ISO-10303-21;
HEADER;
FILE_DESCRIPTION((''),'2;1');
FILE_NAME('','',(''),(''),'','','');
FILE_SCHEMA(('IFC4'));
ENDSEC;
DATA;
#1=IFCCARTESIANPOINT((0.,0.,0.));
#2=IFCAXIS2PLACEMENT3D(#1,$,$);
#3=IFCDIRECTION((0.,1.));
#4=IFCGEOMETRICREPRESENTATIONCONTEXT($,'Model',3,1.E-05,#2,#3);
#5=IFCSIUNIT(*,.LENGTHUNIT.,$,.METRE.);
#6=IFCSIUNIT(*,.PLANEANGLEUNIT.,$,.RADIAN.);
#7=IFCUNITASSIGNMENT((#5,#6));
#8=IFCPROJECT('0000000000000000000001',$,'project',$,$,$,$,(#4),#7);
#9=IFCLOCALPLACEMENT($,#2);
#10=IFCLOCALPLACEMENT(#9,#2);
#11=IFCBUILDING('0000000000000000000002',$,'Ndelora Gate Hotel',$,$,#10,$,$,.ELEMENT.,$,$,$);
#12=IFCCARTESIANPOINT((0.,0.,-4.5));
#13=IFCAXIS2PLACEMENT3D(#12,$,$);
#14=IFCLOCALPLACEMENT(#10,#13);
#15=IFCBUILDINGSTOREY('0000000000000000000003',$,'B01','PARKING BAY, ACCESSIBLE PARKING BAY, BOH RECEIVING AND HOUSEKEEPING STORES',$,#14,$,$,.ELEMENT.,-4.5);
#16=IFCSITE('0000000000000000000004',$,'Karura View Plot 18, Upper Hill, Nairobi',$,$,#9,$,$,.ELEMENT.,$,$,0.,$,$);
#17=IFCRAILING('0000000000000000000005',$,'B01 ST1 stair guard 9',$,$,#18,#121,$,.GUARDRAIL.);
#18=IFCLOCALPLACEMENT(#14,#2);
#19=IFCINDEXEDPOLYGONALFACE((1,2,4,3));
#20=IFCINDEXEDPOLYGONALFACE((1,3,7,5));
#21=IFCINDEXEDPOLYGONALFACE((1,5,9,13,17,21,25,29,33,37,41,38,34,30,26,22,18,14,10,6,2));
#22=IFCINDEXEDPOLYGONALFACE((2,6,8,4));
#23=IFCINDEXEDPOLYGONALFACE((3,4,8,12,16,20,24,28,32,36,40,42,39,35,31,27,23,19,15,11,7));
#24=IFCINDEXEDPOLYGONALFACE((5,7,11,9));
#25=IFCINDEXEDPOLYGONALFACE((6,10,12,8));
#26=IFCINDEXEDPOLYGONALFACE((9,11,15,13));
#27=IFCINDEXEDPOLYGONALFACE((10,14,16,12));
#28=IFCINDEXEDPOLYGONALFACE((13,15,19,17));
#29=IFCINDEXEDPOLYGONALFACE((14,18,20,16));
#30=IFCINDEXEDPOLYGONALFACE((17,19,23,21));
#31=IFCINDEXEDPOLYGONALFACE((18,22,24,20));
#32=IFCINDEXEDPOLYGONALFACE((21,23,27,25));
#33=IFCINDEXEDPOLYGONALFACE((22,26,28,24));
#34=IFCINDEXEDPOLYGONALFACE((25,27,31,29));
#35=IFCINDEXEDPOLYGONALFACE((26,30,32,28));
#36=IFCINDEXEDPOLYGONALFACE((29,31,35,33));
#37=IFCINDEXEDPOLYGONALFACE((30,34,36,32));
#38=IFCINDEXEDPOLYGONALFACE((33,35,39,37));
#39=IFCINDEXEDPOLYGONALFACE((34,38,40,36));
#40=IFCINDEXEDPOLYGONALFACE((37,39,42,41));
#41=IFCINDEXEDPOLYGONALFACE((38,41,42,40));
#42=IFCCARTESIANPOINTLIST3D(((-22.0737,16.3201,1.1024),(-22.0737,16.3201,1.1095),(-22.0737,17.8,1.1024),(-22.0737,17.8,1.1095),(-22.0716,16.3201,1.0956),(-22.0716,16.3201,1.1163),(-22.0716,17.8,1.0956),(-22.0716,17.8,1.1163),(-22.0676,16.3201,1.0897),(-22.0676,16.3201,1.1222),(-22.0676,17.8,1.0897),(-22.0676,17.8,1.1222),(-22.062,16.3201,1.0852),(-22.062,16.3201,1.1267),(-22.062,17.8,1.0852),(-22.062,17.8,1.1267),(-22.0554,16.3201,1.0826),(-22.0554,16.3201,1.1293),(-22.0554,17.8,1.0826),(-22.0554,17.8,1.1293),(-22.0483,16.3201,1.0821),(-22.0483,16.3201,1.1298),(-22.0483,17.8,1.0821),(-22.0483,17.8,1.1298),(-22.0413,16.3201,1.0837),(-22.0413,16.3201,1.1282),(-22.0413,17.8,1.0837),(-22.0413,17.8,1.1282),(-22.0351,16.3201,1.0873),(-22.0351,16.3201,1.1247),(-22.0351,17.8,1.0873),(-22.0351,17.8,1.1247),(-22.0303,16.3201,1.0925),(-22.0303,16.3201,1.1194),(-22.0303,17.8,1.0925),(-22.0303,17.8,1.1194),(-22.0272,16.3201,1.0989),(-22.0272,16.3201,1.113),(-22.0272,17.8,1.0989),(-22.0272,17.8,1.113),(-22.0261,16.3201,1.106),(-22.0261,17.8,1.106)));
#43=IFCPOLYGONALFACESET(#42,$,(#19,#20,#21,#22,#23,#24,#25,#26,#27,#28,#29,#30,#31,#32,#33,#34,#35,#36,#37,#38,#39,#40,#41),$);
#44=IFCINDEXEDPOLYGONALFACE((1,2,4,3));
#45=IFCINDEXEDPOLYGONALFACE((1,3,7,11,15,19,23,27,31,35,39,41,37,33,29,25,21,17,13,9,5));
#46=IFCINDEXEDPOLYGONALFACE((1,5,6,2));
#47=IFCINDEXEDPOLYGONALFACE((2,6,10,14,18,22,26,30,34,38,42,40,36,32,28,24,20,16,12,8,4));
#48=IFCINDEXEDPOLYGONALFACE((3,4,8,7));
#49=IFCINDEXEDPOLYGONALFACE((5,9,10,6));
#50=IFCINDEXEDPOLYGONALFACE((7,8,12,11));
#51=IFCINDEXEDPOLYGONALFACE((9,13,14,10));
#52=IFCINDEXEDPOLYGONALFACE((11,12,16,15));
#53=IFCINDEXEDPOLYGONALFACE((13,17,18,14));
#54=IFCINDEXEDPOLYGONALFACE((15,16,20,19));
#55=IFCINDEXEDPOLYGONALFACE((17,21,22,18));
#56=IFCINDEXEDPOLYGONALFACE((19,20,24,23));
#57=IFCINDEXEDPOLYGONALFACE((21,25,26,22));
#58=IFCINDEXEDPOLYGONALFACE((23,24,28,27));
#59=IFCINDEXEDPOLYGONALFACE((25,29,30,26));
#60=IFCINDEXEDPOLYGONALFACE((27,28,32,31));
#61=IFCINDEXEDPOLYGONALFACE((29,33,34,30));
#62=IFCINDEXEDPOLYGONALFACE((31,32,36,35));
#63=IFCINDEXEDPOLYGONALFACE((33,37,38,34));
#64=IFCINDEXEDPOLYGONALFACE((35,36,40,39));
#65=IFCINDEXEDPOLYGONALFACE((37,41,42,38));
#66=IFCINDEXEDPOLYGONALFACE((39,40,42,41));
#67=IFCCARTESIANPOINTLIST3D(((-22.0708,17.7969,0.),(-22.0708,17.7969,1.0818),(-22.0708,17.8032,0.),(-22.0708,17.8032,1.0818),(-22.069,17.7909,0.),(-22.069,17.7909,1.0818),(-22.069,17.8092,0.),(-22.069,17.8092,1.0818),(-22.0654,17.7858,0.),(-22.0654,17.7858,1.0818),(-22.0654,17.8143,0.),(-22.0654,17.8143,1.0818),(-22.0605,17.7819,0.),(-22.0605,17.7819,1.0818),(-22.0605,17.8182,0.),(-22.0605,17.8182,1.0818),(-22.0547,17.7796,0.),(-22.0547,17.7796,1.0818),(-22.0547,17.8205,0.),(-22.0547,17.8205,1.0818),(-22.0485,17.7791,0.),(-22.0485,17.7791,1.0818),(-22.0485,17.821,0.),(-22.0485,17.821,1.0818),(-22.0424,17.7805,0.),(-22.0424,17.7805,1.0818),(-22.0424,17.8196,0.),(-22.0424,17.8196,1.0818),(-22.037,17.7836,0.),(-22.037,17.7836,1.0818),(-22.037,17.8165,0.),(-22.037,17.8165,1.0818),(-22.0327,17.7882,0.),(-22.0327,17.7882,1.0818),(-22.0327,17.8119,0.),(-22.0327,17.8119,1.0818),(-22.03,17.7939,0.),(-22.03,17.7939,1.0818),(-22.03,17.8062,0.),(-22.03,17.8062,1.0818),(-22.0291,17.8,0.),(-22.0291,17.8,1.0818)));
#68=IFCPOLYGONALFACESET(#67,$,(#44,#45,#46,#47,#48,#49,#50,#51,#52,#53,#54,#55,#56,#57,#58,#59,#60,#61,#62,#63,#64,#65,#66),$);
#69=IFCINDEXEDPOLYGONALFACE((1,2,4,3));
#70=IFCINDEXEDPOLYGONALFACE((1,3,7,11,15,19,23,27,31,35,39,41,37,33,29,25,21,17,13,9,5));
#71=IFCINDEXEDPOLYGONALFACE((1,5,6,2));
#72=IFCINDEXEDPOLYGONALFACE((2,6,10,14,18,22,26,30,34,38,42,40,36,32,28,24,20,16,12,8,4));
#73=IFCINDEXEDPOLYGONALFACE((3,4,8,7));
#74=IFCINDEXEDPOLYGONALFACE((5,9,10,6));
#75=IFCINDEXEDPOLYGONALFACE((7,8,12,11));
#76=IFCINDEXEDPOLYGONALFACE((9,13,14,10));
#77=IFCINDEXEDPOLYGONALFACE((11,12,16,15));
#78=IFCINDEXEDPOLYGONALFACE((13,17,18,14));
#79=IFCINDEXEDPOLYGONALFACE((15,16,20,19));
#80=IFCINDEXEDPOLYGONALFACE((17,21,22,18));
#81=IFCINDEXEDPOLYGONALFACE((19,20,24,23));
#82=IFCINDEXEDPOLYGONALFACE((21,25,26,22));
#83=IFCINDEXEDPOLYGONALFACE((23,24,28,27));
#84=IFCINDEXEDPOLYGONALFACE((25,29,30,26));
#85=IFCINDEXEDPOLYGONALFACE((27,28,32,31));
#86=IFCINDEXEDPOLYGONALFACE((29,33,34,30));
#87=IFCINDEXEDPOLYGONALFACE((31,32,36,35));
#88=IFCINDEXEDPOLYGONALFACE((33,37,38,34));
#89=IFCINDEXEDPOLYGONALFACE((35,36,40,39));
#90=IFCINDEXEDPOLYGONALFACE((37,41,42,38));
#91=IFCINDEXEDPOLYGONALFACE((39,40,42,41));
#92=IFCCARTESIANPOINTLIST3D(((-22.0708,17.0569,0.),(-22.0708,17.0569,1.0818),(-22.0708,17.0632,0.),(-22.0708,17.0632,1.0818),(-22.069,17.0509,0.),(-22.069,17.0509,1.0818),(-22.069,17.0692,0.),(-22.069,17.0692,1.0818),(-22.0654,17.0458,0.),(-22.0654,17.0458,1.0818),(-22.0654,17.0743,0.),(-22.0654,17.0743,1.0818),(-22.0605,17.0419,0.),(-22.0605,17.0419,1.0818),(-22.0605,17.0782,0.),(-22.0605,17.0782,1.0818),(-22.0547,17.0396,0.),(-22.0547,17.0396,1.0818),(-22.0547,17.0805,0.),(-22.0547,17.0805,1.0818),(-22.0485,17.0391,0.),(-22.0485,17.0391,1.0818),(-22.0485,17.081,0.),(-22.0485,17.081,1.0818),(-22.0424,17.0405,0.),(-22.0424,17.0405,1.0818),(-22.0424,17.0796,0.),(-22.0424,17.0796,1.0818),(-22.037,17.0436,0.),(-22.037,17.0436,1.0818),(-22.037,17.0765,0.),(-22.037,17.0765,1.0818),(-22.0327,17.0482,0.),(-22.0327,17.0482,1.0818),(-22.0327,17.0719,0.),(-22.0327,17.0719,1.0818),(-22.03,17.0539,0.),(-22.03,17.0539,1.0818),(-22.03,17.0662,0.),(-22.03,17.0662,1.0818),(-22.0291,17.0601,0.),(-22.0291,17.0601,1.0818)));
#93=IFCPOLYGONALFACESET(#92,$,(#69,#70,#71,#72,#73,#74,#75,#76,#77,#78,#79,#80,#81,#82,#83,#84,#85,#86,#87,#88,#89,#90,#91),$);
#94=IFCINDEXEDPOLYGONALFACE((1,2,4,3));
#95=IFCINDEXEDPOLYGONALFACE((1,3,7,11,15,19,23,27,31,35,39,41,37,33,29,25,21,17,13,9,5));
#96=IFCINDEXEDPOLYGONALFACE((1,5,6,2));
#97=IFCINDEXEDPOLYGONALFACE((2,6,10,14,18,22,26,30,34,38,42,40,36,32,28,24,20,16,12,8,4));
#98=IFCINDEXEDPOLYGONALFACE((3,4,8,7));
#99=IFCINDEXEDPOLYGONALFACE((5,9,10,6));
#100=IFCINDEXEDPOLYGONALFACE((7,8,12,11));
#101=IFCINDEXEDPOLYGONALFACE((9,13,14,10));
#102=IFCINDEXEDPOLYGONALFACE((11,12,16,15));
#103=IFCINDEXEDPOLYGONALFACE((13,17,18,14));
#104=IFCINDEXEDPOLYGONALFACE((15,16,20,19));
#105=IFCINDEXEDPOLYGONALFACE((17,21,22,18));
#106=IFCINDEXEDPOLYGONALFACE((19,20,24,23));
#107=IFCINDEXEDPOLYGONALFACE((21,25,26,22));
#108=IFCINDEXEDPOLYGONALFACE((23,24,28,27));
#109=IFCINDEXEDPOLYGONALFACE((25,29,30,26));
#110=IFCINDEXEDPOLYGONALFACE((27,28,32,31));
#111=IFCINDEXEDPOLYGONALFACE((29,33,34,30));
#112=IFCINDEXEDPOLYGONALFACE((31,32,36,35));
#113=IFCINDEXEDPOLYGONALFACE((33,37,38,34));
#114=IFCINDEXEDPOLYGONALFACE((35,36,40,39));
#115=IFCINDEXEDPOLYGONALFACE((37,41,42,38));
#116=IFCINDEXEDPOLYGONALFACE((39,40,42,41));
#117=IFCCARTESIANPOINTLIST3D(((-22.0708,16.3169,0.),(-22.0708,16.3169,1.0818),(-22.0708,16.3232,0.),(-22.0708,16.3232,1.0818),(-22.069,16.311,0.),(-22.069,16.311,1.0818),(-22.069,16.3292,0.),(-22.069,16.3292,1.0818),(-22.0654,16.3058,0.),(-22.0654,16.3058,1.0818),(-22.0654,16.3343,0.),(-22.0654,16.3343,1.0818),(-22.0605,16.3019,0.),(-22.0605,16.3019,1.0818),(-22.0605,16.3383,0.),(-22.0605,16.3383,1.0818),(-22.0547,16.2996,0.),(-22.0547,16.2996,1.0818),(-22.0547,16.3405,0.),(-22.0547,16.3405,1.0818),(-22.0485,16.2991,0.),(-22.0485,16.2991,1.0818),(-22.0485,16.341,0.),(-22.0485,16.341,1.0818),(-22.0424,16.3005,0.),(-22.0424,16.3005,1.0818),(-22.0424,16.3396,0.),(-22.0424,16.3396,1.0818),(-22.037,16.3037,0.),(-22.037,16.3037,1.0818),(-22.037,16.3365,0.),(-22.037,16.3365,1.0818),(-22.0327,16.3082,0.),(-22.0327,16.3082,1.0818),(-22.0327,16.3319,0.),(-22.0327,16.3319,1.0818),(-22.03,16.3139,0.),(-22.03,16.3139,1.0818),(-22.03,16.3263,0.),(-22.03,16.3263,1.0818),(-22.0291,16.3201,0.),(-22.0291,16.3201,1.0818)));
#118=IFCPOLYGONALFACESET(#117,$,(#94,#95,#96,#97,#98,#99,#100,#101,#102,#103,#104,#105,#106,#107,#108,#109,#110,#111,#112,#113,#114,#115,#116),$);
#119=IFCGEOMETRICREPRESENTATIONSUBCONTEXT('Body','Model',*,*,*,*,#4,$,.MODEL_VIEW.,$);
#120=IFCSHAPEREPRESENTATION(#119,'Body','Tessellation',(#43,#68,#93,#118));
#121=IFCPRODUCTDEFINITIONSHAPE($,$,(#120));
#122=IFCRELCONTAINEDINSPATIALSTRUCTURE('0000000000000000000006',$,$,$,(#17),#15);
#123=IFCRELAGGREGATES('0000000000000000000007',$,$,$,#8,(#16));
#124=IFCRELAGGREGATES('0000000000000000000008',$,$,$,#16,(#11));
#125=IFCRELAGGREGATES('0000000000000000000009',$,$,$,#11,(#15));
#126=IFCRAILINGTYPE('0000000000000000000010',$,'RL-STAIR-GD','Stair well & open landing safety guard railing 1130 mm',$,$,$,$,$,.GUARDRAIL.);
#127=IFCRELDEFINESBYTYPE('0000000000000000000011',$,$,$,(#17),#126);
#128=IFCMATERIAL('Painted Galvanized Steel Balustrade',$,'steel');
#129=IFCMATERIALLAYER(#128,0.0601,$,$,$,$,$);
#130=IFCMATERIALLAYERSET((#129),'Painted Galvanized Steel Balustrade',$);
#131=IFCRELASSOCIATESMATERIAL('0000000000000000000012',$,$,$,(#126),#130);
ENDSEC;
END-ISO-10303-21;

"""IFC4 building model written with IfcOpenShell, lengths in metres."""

from ifc_helpers import new_model, si_unit, direction, frame, origin, origin_2d, place, context, subcontext, project, spatial, circle, extrude, material, layer, layer_set, type_object, element, save


model = new_model("IFC4")

# Units and contexts
model_context = context("Model", 3, precision=1e-05, world=origin(), true_north=direction((0.0, 1.0)))
body_context = subcontext(model_context, "Body", "Model", "MODEL_VIEW")
ifc_project = project(units=[si_unit("LENGTHUNIT", "METRE"), si_unit("PLANEANGLEUNIT", "RADIAN")], contexts=[model_context])

# Site, building, storey
site_placement = place(None, origin())
site = spatial("IfcSite", under=ifc_project, at=site_placement, Name="Karura View Plot 18, Upper Hill, Nairobi", CompositionType="ELEMENT", RefElevation=0.0)
building_placement = place(site_placement, origin())
building = spatial("IfcBuilding", under=site, at=building_placement, Name="Ndelora Gate Hotel", CompositionType="ELEMENT")
storey_placement = place(building_placement, frame((0.0, 0.0, -4.5)))
storey = spatial("IfcBuildingStorey", under=building, at=storey_placement, Name="B01", Description="PARKING BAY, ACCESSIBLE PARKING BAY, BOH RECEIVING AND HOUSEKEEPING STORES", CompositionType="ELEMENT", Elevation=-4.5)

# Railing
ifc_material_1 = material(Name="Painted Galvanized Steel Balustrade", Category="steel")
ifc_layer_1 = layer(ifc_material_1, 0.0601)
ifc_layer_set_1 = layer_set([ifc_layer_1], Name="Painted Galvanized Steel Balustrade")
railing_type_1 = type_object("IfcRailingType", Name="RL-STAIR-GD", Description="Stair well & open landing safety guard railing 1130 mm", PredefinedType="GUARDRAIL", material=ifc_layer_set_1)
for number, where, name in (
    (1, (-22.05, 17.8, 0.0), "B01 ST1 stair guard 9"),
):
    element("IfcRailing", number, at=place(storey_placement, frame(where)), inside=storey, type_object=railing_type_1, Name=name, PredefinedType="GUARDRAIL", context=body_context, shape_type="SweptSolid", body=[
        extrude(circle(Radius=0.0239, at=origin_2d()), frame((0.0, 0.0, 1.106), z_axis=(0.0, -1.0, 0.0), x_axis=(1.0, 0.0, 0.0)), (0.0, 0.0, 1.0), 1.48),
        extrude(circle(Radius=0.021, at=origin_2d()), origin(), (0.0, 0.0, 1.0), 1.0818),
        extrude(circle(Radius=0.021, at=origin_2d()), frame((0.0, -0.74, 0.0)), (0.0, 0.0, 1.0), 1.0818),
        extrude(circle(Radius=0.021, at=origin_2d()), frame((0.0, -1.48, 0.0)), (0.0, 0.0, 1.0), 1.0818),
    ])

save(model, "model.ifc")
